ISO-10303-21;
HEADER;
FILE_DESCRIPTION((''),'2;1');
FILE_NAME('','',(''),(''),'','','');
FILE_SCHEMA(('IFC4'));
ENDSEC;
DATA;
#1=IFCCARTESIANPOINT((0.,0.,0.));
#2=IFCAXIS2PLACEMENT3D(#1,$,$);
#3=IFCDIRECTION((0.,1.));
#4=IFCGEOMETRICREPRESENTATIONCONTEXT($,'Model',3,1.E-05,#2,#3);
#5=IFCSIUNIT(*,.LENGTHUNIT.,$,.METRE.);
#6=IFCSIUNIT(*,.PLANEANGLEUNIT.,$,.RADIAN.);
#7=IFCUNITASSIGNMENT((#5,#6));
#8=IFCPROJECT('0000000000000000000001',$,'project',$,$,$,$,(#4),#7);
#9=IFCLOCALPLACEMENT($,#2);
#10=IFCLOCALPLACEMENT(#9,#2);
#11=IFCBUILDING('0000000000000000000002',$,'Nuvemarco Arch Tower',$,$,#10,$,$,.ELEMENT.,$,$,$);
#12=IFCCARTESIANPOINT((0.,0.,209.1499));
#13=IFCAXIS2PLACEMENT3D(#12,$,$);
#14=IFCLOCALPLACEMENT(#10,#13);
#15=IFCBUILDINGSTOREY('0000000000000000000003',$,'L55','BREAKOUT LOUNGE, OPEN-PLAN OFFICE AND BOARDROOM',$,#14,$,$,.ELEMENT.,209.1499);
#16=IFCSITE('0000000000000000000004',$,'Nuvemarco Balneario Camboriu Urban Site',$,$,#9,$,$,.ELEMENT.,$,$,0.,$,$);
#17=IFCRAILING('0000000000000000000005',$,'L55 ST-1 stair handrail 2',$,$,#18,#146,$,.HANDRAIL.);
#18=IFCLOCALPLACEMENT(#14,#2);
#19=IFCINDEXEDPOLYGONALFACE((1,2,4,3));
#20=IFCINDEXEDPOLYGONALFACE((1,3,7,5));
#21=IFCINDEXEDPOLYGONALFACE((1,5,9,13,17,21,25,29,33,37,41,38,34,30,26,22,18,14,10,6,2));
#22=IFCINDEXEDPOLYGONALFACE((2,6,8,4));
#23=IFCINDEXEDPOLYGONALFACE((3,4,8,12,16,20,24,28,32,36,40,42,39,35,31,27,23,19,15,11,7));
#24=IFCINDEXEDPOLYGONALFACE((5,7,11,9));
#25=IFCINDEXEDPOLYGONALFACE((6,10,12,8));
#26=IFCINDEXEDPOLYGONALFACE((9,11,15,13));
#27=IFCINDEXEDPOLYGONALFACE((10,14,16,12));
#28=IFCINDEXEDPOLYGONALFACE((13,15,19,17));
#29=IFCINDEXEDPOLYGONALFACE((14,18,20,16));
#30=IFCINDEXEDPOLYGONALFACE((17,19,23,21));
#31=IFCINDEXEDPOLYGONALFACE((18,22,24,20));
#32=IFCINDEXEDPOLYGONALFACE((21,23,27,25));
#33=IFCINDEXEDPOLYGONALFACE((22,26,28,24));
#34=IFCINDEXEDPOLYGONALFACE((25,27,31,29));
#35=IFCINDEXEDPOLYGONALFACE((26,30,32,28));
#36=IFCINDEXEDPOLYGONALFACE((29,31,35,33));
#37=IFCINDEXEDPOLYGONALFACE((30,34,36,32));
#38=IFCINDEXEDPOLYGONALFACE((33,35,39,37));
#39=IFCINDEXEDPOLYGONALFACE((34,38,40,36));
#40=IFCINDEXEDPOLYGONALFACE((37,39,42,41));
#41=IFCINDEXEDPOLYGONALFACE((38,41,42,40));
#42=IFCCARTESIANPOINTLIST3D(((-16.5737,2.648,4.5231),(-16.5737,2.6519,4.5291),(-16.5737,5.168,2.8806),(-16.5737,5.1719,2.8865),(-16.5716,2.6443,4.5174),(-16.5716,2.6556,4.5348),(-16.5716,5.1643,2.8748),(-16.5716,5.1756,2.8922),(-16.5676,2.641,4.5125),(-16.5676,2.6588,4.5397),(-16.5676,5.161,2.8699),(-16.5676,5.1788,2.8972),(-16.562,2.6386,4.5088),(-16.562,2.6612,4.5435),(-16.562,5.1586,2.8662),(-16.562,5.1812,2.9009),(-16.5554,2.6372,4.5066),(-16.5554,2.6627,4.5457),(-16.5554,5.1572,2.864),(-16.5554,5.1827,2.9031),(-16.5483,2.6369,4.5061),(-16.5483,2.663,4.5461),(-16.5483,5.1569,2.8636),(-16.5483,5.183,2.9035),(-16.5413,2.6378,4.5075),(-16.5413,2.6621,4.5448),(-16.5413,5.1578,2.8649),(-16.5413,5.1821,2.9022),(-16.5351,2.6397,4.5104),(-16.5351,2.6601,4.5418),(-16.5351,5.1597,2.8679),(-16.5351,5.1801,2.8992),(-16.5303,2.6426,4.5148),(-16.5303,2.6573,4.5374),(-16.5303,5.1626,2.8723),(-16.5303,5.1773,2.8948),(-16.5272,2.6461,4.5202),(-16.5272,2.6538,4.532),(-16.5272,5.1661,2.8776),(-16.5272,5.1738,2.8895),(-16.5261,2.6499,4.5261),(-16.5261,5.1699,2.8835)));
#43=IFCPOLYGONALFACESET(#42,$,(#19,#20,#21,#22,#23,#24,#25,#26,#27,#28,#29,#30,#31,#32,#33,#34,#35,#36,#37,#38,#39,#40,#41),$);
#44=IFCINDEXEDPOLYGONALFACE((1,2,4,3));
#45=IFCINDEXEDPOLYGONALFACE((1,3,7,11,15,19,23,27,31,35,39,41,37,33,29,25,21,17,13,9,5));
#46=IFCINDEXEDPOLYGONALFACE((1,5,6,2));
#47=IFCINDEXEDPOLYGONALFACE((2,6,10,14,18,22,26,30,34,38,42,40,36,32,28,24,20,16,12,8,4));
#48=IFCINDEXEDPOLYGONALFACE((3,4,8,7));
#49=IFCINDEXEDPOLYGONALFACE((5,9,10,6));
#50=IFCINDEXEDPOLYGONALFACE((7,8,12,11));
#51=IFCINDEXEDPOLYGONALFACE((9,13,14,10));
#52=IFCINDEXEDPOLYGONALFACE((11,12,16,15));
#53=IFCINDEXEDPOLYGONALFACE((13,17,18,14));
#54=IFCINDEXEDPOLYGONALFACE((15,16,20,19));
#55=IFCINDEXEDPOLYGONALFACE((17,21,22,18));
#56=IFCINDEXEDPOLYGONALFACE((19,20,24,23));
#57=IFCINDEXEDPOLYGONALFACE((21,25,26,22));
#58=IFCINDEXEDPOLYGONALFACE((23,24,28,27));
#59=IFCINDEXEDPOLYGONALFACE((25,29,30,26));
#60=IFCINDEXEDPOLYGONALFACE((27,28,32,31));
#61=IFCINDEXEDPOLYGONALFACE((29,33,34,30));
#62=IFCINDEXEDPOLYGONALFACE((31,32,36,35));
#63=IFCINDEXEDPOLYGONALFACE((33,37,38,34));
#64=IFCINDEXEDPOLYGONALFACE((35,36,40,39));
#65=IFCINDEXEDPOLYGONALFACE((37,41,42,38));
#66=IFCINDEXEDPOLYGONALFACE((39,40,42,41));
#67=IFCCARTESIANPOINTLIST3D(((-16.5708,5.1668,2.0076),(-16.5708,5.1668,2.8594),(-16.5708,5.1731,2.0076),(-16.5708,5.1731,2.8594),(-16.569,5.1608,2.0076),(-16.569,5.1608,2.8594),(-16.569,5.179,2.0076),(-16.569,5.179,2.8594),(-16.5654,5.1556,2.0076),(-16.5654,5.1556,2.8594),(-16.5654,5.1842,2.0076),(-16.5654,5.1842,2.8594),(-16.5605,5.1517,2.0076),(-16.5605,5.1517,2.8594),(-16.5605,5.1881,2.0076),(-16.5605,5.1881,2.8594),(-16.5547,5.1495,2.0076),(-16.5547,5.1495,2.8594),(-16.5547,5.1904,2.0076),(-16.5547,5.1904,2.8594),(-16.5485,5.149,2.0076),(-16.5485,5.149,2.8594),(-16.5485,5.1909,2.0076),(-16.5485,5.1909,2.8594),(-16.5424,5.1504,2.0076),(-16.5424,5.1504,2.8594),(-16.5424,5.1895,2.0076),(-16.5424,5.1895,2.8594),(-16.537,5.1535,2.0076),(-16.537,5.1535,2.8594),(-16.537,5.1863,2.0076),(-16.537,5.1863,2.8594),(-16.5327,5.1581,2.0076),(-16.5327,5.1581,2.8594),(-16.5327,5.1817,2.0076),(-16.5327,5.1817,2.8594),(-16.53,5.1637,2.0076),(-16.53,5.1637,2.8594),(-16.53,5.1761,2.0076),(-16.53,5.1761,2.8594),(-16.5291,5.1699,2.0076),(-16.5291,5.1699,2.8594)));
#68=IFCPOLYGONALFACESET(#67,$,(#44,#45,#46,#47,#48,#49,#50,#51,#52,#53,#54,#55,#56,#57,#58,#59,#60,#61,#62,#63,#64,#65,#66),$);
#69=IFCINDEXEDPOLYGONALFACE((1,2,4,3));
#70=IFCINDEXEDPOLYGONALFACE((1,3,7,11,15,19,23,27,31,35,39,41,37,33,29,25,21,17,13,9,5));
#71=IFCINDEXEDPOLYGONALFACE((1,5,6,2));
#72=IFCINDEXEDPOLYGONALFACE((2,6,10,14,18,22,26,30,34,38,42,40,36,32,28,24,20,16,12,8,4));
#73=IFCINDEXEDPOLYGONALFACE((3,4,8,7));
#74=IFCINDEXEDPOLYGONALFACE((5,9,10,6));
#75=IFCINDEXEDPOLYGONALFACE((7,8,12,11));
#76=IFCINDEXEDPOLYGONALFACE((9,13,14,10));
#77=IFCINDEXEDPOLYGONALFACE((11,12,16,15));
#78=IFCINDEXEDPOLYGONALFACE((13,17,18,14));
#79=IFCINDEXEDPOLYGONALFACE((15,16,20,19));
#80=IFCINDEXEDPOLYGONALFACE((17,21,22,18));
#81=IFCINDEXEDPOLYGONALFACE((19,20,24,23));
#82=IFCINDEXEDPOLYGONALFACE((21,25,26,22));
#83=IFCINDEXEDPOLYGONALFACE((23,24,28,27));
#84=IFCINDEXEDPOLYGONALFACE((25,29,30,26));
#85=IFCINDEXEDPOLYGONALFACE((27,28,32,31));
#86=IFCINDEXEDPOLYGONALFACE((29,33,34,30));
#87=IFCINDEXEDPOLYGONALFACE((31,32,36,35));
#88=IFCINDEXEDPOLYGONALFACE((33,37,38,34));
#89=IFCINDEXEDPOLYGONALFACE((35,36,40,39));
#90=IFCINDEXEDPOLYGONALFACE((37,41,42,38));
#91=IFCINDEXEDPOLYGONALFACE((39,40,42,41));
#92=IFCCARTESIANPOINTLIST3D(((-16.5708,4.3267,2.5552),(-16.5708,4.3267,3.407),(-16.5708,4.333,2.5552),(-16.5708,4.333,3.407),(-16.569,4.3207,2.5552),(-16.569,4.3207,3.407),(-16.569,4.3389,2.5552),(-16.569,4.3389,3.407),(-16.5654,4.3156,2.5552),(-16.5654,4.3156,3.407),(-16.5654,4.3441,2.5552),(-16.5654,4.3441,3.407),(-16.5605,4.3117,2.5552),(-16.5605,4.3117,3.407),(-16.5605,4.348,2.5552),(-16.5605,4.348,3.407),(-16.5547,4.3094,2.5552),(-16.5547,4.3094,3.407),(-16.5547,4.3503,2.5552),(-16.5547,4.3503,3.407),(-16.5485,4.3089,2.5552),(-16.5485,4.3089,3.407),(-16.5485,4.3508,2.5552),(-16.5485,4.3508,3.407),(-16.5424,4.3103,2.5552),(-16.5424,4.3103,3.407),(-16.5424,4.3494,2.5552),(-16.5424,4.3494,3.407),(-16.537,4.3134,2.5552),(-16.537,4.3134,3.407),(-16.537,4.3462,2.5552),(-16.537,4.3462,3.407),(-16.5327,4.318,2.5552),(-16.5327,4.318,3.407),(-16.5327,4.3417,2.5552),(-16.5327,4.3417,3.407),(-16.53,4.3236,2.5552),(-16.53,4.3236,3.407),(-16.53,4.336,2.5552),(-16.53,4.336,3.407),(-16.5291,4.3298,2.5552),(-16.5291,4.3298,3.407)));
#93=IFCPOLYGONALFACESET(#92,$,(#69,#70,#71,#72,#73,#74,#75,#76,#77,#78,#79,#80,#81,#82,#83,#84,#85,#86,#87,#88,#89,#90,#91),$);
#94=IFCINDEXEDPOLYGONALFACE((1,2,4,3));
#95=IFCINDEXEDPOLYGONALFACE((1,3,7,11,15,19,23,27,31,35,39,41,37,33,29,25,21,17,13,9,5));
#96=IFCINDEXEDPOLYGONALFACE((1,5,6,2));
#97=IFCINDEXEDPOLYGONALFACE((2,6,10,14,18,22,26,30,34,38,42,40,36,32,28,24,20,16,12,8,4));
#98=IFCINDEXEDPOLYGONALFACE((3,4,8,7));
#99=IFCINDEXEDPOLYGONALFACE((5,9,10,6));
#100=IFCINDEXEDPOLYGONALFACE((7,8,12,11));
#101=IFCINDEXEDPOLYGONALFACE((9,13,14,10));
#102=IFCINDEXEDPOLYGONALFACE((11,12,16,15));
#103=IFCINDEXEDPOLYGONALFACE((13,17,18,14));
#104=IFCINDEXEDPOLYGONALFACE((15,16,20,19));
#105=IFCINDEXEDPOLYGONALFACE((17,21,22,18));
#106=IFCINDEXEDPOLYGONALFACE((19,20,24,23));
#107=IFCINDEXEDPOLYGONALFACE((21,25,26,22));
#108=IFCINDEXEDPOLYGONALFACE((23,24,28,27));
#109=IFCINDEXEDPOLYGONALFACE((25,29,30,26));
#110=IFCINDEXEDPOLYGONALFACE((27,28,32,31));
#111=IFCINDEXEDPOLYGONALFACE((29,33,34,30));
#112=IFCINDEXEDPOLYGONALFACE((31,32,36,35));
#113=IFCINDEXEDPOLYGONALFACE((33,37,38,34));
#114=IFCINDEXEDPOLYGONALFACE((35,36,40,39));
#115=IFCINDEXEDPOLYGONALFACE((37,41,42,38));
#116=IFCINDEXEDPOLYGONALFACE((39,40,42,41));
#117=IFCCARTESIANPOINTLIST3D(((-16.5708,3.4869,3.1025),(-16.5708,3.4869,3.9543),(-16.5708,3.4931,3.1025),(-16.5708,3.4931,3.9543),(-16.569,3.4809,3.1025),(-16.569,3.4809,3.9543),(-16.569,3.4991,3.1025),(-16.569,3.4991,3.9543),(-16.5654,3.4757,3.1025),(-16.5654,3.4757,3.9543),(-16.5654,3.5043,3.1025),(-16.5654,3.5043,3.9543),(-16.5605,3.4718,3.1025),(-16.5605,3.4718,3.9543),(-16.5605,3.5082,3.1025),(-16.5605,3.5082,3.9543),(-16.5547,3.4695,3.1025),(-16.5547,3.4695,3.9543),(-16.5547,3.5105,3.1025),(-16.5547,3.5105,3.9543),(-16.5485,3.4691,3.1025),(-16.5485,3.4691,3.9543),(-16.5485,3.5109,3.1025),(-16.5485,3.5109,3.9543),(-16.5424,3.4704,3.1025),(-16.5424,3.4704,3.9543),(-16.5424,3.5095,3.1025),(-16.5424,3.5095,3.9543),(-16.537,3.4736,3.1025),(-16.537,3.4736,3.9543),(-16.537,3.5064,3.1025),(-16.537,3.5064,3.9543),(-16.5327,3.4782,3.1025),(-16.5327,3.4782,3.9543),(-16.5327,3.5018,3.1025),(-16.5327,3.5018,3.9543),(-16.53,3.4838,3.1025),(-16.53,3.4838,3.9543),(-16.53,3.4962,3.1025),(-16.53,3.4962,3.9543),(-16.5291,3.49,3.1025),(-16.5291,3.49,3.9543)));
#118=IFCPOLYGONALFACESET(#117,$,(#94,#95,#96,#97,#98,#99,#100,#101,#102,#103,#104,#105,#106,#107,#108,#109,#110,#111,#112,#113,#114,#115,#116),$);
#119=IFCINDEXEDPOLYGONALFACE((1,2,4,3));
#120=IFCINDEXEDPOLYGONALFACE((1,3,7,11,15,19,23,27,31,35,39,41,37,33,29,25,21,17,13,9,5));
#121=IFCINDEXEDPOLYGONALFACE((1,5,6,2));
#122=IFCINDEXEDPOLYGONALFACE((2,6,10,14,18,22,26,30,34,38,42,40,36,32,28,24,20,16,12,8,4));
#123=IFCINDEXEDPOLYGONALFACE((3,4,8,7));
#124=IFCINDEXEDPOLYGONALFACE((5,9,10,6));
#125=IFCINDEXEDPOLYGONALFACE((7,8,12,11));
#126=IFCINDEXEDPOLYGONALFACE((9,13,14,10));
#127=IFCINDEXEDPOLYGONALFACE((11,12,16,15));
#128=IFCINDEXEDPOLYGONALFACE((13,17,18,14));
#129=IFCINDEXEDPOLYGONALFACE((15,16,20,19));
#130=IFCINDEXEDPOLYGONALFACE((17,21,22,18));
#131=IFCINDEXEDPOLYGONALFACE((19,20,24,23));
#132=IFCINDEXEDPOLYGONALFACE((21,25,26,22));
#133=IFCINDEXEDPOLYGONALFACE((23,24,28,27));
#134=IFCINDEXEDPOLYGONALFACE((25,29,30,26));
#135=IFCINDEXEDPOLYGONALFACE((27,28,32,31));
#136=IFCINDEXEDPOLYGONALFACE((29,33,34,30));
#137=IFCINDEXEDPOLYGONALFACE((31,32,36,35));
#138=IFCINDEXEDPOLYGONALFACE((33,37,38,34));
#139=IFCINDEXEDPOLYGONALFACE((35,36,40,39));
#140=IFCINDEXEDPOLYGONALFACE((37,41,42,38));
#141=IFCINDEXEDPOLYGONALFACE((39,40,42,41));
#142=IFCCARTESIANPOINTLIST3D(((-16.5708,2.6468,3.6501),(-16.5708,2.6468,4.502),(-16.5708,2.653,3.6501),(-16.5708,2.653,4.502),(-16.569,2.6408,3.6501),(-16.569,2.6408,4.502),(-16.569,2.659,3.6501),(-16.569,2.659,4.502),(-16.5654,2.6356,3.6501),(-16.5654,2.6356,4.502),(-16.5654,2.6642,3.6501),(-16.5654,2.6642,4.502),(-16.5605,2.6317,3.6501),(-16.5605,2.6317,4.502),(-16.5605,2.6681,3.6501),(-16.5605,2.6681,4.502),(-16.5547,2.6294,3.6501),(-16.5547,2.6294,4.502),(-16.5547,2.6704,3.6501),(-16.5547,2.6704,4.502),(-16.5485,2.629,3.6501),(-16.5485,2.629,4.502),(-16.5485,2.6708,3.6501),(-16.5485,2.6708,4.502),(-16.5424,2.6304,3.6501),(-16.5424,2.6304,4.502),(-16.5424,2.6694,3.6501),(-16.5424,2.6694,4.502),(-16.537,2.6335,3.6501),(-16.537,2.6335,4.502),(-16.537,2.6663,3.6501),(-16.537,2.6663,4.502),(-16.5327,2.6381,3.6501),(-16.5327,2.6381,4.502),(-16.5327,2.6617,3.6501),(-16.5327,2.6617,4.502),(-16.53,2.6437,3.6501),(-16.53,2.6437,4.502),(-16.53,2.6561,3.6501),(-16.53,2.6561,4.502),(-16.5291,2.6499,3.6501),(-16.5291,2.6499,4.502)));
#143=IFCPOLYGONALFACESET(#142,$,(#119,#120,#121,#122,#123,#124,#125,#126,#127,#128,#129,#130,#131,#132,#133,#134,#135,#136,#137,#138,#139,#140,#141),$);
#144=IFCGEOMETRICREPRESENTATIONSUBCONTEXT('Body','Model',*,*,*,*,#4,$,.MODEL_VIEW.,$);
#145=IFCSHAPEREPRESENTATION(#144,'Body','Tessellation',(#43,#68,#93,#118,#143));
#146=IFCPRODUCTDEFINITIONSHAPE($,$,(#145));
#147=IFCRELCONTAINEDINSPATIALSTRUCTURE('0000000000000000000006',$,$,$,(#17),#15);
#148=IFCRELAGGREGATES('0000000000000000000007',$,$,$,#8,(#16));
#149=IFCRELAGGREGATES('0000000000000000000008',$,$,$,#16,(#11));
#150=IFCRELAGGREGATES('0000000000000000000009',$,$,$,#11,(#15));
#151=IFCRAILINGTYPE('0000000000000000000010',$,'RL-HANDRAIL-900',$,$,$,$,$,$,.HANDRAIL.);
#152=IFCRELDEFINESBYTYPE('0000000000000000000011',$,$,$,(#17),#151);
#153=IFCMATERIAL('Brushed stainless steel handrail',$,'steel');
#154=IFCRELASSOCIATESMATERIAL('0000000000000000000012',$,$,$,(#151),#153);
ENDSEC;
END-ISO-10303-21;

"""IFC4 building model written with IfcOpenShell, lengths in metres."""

from ifc_helpers import new_model, si_unit, direction, frame, origin, origin_2d, place, context, subcontext, project, spatial, circle, extrude, material, type_object, element, save


model = new_model("IFC4")

# Units and contexts
model_context = context("Model", 3, precision=1e-05, world=origin(), true_north=direction((0.0, 1.0)))
body_context = subcontext(model_context, "Body", "Model", "MODEL_VIEW")
ifc_project = project(units=[si_unit("LENGTHUNIT", "METRE"), si_unit("PLANEANGLEUNIT", "RADIAN")], contexts=[model_context])

# Site, building, storey
site_placement = place(None, origin())
site = spatial("IfcSite", under=ifc_project, at=site_placement, Name="Nuvemarco Balneario Camboriu Urban Site", CompositionType="ELEMENT", RefElevation=0.0)
building_placement = place(site_placement, origin())
building = spatial("IfcBuilding", under=site, at=building_placement, Name="Nuvemarco Arch Tower", CompositionType="ELEMENT")
storey_placement = place(building_placement, frame((0.0, 0.0, 209.1499)))
storey = spatial("IfcBuildingStorey", under=building, at=storey_placement, Name="L55", Description="BREAKOUT LOUNGE, OPEN-PLAN OFFICE AND BOARDROOM", CompositionType="ELEMENT", Elevation=209.1499)

# Railing
ifc_material_1 = material(Name="Brushed stainless steel handrail", Category="steel")
railing_type_1 = type_object("IfcRailingType", Name="RL-HANDRAIL-900", PredefinedType="HANDRAIL", material=ifc_material_1)
railing_1_placement = place(storey_placement, frame((-16.55, 5.1699, 2.0076)))
element("IfcRailing", 1, at=railing_1_placement, inside=storey, type_object=railing_type_1, Name="L55 ST-1 stair handrail 2", PredefinedType="HANDRAIL", context=body_context, shape_type="SweptSolid", body=[
    extrude(circle(Radius=0.0239, at=origin_2d()), frame((0.0, 0.0, 0.876), z_axis=(0.0, -0.837749, 0.546055), x_axis=(1.0, 0.0, 0.0)), (0.0, 0.0, 1.0), 3.0081),
    extrude(circle(Radius=0.021, at=origin_2d()), origin(), (0.0, 0.0, 1.0), 0.8518),
    extrude(circle(Radius=0.021, at=origin_2d()), frame((0.0, -0.8401, 0.5476)), (0.0, 0.0, 1.0), 0.8518),
    extrude(circle(Radius=0.021, at=origin_2d()), frame((0.0, -1.6799, 1.095)), (0.0, 0.0, 1.0), 0.8518),
    extrude(circle(Radius=0.021, at=origin_2d()), frame((0.0, -2.52, 1.6426)), (0.0, 0.0, 1.0), 0.8518),
])

save(model, "model.ifc")
